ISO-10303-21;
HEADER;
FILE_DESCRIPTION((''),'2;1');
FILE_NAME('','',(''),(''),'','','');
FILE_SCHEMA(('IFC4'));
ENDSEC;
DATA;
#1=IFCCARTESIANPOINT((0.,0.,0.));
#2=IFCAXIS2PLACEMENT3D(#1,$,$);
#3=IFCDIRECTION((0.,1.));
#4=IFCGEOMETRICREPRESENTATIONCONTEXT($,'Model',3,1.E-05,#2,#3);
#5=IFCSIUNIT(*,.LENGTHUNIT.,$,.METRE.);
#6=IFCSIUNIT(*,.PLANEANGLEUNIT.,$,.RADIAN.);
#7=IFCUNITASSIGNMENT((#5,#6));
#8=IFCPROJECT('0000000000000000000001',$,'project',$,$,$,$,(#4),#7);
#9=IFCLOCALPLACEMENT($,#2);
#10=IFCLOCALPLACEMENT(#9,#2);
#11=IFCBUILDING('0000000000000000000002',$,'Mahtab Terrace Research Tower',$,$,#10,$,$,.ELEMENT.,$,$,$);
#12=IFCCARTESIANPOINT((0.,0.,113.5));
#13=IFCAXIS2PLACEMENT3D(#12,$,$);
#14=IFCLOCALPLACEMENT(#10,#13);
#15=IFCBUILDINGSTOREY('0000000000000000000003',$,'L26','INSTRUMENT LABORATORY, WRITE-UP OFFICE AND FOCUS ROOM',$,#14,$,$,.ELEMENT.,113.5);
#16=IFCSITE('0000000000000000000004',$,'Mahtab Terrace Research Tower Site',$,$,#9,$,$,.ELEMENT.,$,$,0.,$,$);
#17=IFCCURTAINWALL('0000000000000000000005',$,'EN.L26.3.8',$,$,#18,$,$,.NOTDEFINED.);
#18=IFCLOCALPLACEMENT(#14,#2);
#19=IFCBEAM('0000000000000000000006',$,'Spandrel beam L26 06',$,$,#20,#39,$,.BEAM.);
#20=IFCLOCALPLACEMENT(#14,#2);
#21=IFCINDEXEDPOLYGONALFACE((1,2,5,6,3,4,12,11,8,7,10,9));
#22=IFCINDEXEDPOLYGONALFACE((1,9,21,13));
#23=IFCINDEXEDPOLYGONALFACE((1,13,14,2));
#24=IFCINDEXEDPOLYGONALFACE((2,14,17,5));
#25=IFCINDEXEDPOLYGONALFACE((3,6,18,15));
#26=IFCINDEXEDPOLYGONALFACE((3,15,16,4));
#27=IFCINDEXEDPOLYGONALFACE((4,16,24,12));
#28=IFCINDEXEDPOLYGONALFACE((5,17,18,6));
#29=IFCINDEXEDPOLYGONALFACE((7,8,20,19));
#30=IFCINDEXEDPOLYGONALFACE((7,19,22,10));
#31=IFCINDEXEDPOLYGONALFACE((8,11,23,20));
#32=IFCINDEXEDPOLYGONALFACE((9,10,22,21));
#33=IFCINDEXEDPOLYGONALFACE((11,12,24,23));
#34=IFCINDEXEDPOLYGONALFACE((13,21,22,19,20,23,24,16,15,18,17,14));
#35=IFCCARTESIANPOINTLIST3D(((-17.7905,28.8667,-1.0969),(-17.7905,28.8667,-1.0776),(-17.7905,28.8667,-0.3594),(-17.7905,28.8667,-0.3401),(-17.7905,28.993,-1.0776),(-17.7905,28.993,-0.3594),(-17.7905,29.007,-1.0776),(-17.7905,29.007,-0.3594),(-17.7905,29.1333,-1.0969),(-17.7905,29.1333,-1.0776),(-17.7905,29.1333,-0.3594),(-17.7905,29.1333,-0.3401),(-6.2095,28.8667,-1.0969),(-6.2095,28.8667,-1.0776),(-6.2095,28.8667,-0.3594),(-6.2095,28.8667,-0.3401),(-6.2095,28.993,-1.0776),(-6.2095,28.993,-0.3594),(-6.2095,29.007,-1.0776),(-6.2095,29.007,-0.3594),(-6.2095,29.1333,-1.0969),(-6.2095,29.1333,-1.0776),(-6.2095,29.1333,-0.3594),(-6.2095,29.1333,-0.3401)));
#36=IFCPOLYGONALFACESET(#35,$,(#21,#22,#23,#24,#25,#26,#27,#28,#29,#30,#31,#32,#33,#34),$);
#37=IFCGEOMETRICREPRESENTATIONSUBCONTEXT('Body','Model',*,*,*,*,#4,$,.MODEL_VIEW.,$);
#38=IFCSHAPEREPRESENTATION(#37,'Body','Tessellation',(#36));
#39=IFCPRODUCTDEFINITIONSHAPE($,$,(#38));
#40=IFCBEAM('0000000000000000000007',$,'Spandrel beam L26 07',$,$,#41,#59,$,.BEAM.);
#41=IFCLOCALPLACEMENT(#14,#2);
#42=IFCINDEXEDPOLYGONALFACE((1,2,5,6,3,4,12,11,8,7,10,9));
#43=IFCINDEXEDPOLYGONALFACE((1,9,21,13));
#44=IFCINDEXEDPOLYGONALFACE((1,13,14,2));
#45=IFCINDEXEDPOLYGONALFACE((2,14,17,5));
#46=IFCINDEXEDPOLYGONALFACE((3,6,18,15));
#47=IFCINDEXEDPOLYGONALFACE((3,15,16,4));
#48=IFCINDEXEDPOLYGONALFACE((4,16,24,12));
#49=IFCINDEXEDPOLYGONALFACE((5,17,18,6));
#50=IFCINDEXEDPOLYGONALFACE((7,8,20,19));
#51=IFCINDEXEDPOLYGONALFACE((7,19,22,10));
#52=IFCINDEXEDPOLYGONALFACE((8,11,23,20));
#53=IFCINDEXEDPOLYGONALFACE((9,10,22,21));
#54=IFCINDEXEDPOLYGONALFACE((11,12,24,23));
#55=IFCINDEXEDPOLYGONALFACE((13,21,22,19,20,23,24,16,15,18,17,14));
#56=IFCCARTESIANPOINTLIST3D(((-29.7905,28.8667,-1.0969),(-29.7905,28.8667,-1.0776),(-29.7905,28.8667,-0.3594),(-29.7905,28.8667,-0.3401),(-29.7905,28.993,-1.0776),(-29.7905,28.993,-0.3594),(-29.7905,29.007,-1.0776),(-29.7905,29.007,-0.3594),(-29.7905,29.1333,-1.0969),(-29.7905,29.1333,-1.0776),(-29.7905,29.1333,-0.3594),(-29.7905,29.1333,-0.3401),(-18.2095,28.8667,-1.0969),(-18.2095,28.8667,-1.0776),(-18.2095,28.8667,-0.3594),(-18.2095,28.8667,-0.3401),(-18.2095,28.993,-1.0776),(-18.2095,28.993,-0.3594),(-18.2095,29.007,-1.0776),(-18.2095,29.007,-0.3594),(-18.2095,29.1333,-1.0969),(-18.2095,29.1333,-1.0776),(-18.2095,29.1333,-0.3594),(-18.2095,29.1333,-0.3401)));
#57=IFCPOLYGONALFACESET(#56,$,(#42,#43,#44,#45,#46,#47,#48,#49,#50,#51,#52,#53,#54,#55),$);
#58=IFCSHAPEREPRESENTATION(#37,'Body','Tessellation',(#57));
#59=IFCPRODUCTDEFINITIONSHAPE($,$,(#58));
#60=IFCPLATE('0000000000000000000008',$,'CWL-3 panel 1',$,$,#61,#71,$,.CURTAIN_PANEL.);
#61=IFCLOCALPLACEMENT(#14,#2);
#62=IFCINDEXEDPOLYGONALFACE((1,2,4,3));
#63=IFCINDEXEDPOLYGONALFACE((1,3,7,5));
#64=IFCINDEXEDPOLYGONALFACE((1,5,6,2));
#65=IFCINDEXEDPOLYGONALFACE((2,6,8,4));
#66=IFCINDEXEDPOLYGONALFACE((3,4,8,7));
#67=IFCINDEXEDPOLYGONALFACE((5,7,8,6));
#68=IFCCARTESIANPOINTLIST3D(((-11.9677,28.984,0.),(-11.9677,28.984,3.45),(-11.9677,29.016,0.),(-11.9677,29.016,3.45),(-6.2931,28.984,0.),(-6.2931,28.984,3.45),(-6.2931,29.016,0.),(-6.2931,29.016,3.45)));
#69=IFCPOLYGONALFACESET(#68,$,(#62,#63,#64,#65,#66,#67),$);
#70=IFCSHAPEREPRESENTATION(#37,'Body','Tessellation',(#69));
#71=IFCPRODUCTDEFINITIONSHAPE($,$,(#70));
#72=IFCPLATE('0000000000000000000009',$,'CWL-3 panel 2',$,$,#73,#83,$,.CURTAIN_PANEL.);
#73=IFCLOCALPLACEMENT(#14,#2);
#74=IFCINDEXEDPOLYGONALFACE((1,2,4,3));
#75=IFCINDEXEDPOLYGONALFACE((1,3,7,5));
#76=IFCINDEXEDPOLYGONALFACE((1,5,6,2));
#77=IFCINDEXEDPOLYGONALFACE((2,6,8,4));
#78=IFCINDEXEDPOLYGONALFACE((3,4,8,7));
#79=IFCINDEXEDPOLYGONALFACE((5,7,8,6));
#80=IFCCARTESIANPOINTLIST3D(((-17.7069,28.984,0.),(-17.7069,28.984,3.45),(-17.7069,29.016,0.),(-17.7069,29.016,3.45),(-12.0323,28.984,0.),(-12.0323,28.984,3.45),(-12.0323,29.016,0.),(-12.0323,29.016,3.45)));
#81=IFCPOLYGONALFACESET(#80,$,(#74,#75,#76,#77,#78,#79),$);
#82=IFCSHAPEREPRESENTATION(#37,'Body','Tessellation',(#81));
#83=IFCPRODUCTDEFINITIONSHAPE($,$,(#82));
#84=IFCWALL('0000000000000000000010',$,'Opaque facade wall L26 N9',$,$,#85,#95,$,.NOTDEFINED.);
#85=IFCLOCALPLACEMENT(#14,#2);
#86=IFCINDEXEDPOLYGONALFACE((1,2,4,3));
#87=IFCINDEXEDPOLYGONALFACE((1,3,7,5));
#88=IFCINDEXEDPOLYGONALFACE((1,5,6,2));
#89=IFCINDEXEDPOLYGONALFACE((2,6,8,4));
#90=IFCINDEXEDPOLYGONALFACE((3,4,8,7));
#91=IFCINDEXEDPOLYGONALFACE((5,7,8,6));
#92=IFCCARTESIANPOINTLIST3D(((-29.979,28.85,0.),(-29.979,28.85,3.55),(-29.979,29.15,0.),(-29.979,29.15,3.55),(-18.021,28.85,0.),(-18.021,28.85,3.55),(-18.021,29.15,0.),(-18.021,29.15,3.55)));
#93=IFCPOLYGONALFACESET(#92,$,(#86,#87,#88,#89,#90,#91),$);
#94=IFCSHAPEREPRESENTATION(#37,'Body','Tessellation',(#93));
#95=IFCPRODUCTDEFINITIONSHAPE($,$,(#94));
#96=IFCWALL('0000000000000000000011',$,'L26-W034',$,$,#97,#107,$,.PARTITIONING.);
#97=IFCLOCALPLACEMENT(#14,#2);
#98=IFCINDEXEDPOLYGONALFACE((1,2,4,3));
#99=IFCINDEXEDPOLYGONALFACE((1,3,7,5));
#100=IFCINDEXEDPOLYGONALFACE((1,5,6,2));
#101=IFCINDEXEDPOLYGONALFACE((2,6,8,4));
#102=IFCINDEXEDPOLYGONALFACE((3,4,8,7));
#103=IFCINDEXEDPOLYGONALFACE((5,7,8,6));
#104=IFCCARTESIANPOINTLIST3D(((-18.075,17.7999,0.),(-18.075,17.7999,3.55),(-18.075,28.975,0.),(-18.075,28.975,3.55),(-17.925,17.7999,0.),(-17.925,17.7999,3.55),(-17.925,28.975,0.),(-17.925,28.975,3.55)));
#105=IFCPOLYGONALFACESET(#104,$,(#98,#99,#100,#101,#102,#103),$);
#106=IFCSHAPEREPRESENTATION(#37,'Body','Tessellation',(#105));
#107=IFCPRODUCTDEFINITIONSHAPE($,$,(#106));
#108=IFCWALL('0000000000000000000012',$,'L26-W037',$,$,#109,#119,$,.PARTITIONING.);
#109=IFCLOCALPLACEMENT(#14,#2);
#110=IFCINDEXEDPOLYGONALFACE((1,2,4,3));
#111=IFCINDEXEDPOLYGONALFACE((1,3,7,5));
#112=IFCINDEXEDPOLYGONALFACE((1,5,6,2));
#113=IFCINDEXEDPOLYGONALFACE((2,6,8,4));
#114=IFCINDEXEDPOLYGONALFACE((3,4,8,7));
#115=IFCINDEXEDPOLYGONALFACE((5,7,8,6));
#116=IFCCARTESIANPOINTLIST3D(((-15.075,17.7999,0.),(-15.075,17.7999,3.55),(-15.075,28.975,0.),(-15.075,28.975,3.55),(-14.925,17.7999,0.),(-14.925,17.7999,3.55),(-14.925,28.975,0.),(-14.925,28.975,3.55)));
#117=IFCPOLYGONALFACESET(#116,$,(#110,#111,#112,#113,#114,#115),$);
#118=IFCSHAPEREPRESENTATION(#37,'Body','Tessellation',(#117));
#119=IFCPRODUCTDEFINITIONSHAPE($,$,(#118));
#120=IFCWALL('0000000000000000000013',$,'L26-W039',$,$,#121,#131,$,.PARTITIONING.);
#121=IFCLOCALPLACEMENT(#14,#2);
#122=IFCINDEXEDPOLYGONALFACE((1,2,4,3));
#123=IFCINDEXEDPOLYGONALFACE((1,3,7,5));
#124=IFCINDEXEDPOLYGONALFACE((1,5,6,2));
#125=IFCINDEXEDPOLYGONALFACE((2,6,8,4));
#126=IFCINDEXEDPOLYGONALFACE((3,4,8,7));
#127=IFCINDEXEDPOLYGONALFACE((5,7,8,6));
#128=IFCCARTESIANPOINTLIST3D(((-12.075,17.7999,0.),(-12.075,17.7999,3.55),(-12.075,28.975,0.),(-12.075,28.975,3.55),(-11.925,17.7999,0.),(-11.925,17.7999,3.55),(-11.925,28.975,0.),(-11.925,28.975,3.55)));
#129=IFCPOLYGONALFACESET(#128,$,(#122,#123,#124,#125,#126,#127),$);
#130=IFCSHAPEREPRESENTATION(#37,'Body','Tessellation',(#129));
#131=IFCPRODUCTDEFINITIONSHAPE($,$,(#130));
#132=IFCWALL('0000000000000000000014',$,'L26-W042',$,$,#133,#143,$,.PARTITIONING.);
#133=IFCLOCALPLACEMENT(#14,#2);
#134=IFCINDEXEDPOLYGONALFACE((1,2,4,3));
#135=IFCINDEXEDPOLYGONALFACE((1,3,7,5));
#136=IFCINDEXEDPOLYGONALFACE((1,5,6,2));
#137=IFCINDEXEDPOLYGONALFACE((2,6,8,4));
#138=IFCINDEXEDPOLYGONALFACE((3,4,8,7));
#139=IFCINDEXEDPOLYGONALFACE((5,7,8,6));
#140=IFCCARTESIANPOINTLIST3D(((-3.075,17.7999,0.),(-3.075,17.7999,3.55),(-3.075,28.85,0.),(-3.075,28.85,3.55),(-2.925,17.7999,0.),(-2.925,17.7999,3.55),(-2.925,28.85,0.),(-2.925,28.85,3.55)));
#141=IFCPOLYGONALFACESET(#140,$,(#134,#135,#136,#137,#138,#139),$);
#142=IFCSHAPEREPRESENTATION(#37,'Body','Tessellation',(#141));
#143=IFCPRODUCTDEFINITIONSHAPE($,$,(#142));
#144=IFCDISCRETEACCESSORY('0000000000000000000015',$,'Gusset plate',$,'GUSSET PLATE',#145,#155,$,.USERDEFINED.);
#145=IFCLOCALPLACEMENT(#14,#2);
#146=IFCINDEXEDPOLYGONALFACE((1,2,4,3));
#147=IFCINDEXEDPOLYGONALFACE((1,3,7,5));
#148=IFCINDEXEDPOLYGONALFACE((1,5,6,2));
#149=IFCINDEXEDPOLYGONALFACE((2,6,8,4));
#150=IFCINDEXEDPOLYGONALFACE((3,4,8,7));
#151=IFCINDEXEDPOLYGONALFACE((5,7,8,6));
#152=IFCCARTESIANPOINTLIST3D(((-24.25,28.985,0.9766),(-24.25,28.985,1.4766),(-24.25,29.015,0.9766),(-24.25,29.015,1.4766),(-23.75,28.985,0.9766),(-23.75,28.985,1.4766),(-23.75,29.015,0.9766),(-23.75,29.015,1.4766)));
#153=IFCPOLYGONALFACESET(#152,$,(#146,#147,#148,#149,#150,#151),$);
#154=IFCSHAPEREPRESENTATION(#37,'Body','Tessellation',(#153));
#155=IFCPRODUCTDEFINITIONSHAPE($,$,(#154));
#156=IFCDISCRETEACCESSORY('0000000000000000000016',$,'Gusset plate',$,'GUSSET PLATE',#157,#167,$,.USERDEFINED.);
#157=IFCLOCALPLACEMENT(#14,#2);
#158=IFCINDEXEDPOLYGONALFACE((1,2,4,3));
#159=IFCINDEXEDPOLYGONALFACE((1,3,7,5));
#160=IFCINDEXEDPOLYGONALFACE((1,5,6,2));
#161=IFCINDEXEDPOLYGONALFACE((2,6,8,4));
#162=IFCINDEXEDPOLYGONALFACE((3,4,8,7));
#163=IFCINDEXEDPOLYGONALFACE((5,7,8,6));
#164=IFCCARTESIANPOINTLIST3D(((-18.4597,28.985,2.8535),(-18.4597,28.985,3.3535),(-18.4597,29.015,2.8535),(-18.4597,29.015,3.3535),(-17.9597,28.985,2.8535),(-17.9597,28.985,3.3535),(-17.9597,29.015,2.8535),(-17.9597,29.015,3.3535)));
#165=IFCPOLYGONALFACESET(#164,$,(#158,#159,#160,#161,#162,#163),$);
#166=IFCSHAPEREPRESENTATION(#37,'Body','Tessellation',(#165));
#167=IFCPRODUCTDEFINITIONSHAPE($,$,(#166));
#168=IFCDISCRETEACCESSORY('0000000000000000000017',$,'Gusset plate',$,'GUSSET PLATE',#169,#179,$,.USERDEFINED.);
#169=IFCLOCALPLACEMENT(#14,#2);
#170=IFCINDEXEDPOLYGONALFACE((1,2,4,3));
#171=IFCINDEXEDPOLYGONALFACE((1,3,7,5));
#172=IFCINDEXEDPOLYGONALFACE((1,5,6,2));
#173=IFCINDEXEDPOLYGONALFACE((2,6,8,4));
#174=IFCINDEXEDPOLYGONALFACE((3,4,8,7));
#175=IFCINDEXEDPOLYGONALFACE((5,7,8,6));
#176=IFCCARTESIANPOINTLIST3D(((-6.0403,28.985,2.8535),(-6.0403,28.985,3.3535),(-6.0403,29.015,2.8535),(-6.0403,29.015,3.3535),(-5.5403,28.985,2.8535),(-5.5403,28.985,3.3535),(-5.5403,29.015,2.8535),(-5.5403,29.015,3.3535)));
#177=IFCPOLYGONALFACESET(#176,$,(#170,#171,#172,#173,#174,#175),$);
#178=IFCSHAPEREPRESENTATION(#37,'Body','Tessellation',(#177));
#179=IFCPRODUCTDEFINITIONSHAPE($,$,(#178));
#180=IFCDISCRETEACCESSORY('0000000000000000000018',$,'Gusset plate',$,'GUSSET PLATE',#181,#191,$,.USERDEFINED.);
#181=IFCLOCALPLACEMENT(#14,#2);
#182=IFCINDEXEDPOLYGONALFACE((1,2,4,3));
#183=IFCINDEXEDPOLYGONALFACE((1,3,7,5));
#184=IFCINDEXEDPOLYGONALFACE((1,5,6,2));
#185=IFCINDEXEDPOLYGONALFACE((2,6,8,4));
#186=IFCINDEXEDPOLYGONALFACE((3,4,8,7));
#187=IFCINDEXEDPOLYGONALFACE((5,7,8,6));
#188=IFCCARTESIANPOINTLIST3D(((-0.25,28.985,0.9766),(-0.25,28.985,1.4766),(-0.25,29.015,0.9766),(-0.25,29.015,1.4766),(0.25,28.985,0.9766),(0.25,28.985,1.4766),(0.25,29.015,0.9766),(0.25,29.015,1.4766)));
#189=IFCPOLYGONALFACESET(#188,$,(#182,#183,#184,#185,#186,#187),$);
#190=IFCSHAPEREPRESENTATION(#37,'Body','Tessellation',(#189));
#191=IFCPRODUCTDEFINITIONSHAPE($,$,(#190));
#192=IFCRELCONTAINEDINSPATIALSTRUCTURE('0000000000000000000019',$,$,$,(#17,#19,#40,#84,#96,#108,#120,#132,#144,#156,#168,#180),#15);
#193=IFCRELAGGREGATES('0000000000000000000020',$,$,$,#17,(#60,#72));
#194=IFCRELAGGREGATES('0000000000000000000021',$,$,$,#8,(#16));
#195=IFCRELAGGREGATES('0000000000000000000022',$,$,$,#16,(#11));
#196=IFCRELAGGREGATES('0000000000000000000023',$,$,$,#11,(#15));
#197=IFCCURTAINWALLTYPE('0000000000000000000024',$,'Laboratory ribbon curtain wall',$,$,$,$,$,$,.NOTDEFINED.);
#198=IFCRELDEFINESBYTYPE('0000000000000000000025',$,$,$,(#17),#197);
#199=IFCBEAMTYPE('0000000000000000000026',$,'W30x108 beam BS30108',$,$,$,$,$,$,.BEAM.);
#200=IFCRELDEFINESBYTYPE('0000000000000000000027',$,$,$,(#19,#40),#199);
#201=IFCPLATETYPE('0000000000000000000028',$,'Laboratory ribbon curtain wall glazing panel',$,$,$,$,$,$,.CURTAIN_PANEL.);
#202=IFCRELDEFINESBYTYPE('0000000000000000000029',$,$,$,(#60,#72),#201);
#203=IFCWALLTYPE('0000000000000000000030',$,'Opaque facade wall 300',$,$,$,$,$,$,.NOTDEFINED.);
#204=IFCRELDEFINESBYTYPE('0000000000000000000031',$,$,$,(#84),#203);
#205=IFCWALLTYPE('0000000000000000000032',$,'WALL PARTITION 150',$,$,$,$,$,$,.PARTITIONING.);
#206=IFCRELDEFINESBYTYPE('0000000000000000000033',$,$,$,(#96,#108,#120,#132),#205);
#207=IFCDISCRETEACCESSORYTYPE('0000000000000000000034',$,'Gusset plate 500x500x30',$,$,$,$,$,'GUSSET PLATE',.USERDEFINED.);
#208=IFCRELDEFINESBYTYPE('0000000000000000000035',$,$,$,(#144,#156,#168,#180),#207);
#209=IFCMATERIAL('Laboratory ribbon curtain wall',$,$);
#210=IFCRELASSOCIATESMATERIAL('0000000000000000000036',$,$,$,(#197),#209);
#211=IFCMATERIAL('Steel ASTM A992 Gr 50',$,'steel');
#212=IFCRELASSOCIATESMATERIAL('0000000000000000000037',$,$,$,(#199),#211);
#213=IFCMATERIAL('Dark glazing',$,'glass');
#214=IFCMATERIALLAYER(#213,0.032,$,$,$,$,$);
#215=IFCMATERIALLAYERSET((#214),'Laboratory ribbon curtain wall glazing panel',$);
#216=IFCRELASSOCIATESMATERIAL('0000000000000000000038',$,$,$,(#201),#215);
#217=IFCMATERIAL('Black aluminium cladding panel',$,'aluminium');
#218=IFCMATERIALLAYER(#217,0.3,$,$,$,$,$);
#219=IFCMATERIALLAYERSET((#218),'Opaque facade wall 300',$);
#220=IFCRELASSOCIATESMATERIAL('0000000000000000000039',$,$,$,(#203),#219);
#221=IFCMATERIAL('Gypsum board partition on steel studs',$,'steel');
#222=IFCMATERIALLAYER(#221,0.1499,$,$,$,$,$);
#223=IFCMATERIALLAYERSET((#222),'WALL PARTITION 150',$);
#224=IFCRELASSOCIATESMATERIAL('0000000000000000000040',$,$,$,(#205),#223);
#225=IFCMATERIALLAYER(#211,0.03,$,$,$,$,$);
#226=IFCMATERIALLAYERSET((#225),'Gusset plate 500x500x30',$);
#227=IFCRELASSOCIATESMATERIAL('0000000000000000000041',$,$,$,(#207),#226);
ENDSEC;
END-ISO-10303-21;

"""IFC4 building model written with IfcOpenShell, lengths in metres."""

from ifc_helpers import new_model, si_unit, direction, frame, frame_2d, origin, origin_2d, place, context, subcontext, project, spatial, rectangle, i_section, extrude, material, layer, layer_set, material_profile, profile_set, type_object, element, aggregate, save


model = new_model("IFC4")

# Units and contexts
model_context = context("Model", 3, precision=1e-05, world=origin(), true_north=direction((0.0, 1.0)))
body_context = subcontext(model_context, "Body", "Model", "MODEL_VIEW")
ifc_project = project(units=[si_unit("LENGTHUNIT", "METRE"), si_unit("PLANEANGLEUNIT", "RADIAN")], contexts=[model_context])

# Site, building, storey
site_placement = place(None, origin())
site = spatial("IfcSite", under=ifc_project, at=site_placement, Name="Mahtab Terrace Research Tower Site", CompositionType="ELEMENT", RefElevation=0.0)
building_placement = place(site_placement, origin())
building = spatial("IfcBuilding", under=site, at=building_placement, Name="Mahtab Terrace Research Tower", CompositionType="ELEMENT")
storey_placement = place(building_placement, frame((0.0, 0.0, 113.5)))
storey = spatial("IfcBuildingStorey", under=building, at=storey_placement, Name="L26", Description="INSTRUMENT LABORATORY, WRITE-UP OFFICE AND FOCUS ROOM", CompositionType="ELEMENT", Elevation=113.5)

# Shared definitions
ifc_material_1 = material(Name="Steel ASTM A992 Gr 50", Category="steel")

# Curtain wall
ifc_material_2 = material(Name="Laboratory ribbon curtain wall")
curtain_wall_type = type_object("IfcCurtainWallType", Name="Laboratory ribbon curtain wall", PredefinedType="NOTDEFINED", material=ifc_material_2)
curtain_wall_placement = place(storey_placement, origin())
curtain_wall = element("IfcCurtainWall", 1, at=curtain_wall_placement, inside=storey, type_object=curtain_wall_type, Name="EN.L26.3.8", PredefinedType="NOTDEFINED")

# Beams
ifc_material_profile_1 = material_profile(ifc_material_1, i_section(OverallWidth=0.2666, OverallDepth=0.7568, WebThickness=0.0139, FlangeThickness=0.0193, at=origin_2d()), Name="W30X108")
ifc_profile_set_1 = profile_set([ifc_material_profile_1], Name="Steel ASTM A992 Gr 50")
beam_type = type_object("IfcBeamType", Name="W30x108 beam BS30108", PredefinedType="BEAM", material=ifc_profile_set_1)
for number, where, z_axis, x_axis, name in (
    (2, (-6.2095, 29.0, -0.7185), (-1.0, 0.0, 0.0), (0.0, -1.0, 0.0), "Spandrel beam L26 06"),
    (3, (-18.2095, 29.0, -0.7185), (-1.0, 0.0, 0.0), (0.0, -1.0, 0.0), "Spandrel beam L26 07"),
):
    element("IfcBeam", number, at=place(storey_placement, frame(where, z_axis=z_axis, x_axis=x_axis)), inside=storey, type_object=beam_type, Name=name, PredefinedType="BEAM", context=body_context, shape_type="SweptSolid", body=[
        extrude(i_section(OverallWidth=0.2666, OverallDepth=0.7568, WebThickness=0.0139, FlangeThickness=0.0193, at=origin_2d()), origin(), (0.0, 0.0, 1.0), 11.5811),
    ])

# Plates
ifc_material_3 = material(Name="Dark glazing", Category="glass")
ifc_layer_1 = layer(ifc_material_3, 0.032)
ifc_layer_set_1 = layer_set([ifc_layer_1], Name="Laboratory ribbon curtain wall glazing panel")
plate_type = type_object("IfcPlateType", Name="Laboratory ribbon curtain wall glazing panel", PredefinedType="CURTAIN_PANEL", material=ifc_layer_set_1)
plate_1_placement = place(storey_placement, frame((-9.1304, 29.0, 0.0), z_axis=(0.0, 0.0, 1.0), x_axis=(-1.0, 0.0, 0.0)))
plate_1 = element("IfcPlate", 4, at=plate_1_placement, type_object=plate_type, Name="CWL-3 panel 1", PredefinedType="CURTAIN_PANEL", context=body_context, shape_type="SweptSolid", body=[
    extrude(rectangle(XDim=5.6746, YDim=0.032, at=origin_2d()), origin(), (0.0, 0.0, 1.0), 3.45),
])
plate_2_placement = place(storey_placement, frame((-14.8696, 29.0, 0.0), z_axis=(0.0, 0.0, 1.0), x_axis=(-1.0, 0.0, 0.0)))
plate_2 = element("IfcPlate", 5, at=plate_2_placement, type_object=plate_type, Name="CWL-3 panel 2", PredefinedType="CURTAIN_PANEL", context=body_context, shape_type="SweptSolid", body=[
    extrude(rectangle(XDim=5.6746, YDim=0.032, at=origin_2d()), origin(), (0.0, 0.0, 1.0), 3.45),
])
aggregate(curtain_wall, [plate_1, plate_2])

# Walls
ifc_material_4 = material(Name="Black aluminium cladding panel", Category="aluminium")
ifc_layer_2 = layer(ifc_material_4, 0.3)
ifc_layer_set_2 = layer_set([ifc_layer_2], Name="Opaque facade wall 300")
wall_type_1 = type_object("IfcWallType", Name="Opaque facade wall 300", PredefinedType="NOTDEFINED", material=ifc_layer_set_2)
wall_1_placement = place(storey_placement, frame((-18.021, 29.0, 0.0), z_axis=(0.0, 0.0, 1.0), x_axis=(-1.0, 0.0, 0.0)))
element("IfcWall", 6, at=wall_1_placement, inside=storey, type_object=wall_type_1, Name="Opaque facade wall L26 N9", PredefinedType="NOTDEFINED", context=body_context, shape_type="SweptSolid", body=[
    extrude(rectangle(XDim=11.958, YDim=0.3, at=frame_2d((5.979, 0.0))), origin(), (0.0, 0.0, 1.0), 3.55),
])
ifc_material_5 = material(Name="Gypsum board partition on steel studs", Category="steel")
ifc_layer_3 = layer(ifc_material_5, 0.1499)
ifc_layer_set_3 = layer_set([ifc_layer_3], Name="WALL PARTITION 150")
wall_type_2 = type_object("IfcWallType", Name="WALL PARTITION 150", PredefinedType="PARTITIONING", material=ifc_layer_set_3)
for number, where, z_axis, x_axis, name in (
    (7, (-18.0, 17.8, 0.0), (0.0, 0.0, 1.0), (0.0, 1.0, 0.0), "L26-W034"),
    (8, (-15.0, 17.8, 0.0), (0.0, 0.0, 1.0), (0.0, 1.0, 0.0), "L26-W037"),
    (9, (-12.0, 17.8, 0.0), (0.0, 0.0, 1.0), (0.0, 1.0, 0.0), "L26-W039"),
):
    element("IfcWall", number, at=place(storey_placement, frame(where, z_axis=z_axis, x_axis=x_axis)), inside=storey, type_object=wall_type_2, Name=name, PredefinedType="PARTITIONING", context=body_context, shape_type="SweptSolid", body=[
        extrude(rectangle(XDim=11.175, YDim=0.1499, at=frame_2d((5.5874, 0.0))), origin(), (0.0, 0.0, 1.0), 3.55),
    ])
wall_2_placement = place(storey_placement, frame((-3.0, 17.8, 0.0), z_axis=(0.0, 0.0, 1.0), x_axis=(0.0, 1.0, 0.0)))
element("IfcWall", 10, at=wall_2_placement, inside=storey, type_object=wall_type_2, Name="L26-W042", PredefinedType="PARTITIONING", context=body_context, shape_type="SweptSolid", body=[
    extrude(rectangle(XDim=11.05, YDim=0.1499, at=frame_2d((5.5249, 0.0))), origin(), (0.0, 0.0, 1.0), 3.55),
])

# Discrete accessories
ifc_layer_4 = layer(ifc_material_1, 0.03)
ifc_layer_set_4 = layer_set([ifc_layer_4], Name="Gusset plate 500x500x30")
discrete_accessory_type = type_object("IfcDiscreteAccessoryType", Name="Gusset plate 500x500x30", ElementType="GUSSET PLATE", PredefinedType="USERDEFINED", material=ifc_layer_set_4)
for number, where, z_axis, x_axis, name in (
    (11, (-24.0, 29.0, 0.9766), (0.0, 0.0, 1.0), (1.0, 0.0, 0.0), "Gusset plate"),
    (12, (-18.2097, 29.0, 2.8535), (0.0, 0.0, 1.0), (1.0, 0.0, 0.0), "Gusset plate"),
    (13, (-5.7903, 29.0, 2.8535), (0.0, 0.0, 1.0), (1.0, 0.0, 0.0), "Gusset plate"),
    (14, (0.0, 29.0, 0.9766), (0.0, 0.0, 1.0), (1.0, 0.0, 0.0), "Gusset plate"),
):
    element("IfcDiscreteAccessory", number, at=place(storey_placement, frame(where, z_axis=z_axis, x_axis=x_axis)), inside=storey, type_object=discrete_accessory_type, Name=name, ObjectType="GUSSET PLATE", PredefinedType="USERDEFINED", context=body_context, shape_type="SweptSolid", body=[
        extrude(rectangle(XDim=0.5, YDim=0.03, at=origin_2d()), origin(), (0.0, 0.0, 1.0), 0.5),
    ])

save(model, "model.ifc")
